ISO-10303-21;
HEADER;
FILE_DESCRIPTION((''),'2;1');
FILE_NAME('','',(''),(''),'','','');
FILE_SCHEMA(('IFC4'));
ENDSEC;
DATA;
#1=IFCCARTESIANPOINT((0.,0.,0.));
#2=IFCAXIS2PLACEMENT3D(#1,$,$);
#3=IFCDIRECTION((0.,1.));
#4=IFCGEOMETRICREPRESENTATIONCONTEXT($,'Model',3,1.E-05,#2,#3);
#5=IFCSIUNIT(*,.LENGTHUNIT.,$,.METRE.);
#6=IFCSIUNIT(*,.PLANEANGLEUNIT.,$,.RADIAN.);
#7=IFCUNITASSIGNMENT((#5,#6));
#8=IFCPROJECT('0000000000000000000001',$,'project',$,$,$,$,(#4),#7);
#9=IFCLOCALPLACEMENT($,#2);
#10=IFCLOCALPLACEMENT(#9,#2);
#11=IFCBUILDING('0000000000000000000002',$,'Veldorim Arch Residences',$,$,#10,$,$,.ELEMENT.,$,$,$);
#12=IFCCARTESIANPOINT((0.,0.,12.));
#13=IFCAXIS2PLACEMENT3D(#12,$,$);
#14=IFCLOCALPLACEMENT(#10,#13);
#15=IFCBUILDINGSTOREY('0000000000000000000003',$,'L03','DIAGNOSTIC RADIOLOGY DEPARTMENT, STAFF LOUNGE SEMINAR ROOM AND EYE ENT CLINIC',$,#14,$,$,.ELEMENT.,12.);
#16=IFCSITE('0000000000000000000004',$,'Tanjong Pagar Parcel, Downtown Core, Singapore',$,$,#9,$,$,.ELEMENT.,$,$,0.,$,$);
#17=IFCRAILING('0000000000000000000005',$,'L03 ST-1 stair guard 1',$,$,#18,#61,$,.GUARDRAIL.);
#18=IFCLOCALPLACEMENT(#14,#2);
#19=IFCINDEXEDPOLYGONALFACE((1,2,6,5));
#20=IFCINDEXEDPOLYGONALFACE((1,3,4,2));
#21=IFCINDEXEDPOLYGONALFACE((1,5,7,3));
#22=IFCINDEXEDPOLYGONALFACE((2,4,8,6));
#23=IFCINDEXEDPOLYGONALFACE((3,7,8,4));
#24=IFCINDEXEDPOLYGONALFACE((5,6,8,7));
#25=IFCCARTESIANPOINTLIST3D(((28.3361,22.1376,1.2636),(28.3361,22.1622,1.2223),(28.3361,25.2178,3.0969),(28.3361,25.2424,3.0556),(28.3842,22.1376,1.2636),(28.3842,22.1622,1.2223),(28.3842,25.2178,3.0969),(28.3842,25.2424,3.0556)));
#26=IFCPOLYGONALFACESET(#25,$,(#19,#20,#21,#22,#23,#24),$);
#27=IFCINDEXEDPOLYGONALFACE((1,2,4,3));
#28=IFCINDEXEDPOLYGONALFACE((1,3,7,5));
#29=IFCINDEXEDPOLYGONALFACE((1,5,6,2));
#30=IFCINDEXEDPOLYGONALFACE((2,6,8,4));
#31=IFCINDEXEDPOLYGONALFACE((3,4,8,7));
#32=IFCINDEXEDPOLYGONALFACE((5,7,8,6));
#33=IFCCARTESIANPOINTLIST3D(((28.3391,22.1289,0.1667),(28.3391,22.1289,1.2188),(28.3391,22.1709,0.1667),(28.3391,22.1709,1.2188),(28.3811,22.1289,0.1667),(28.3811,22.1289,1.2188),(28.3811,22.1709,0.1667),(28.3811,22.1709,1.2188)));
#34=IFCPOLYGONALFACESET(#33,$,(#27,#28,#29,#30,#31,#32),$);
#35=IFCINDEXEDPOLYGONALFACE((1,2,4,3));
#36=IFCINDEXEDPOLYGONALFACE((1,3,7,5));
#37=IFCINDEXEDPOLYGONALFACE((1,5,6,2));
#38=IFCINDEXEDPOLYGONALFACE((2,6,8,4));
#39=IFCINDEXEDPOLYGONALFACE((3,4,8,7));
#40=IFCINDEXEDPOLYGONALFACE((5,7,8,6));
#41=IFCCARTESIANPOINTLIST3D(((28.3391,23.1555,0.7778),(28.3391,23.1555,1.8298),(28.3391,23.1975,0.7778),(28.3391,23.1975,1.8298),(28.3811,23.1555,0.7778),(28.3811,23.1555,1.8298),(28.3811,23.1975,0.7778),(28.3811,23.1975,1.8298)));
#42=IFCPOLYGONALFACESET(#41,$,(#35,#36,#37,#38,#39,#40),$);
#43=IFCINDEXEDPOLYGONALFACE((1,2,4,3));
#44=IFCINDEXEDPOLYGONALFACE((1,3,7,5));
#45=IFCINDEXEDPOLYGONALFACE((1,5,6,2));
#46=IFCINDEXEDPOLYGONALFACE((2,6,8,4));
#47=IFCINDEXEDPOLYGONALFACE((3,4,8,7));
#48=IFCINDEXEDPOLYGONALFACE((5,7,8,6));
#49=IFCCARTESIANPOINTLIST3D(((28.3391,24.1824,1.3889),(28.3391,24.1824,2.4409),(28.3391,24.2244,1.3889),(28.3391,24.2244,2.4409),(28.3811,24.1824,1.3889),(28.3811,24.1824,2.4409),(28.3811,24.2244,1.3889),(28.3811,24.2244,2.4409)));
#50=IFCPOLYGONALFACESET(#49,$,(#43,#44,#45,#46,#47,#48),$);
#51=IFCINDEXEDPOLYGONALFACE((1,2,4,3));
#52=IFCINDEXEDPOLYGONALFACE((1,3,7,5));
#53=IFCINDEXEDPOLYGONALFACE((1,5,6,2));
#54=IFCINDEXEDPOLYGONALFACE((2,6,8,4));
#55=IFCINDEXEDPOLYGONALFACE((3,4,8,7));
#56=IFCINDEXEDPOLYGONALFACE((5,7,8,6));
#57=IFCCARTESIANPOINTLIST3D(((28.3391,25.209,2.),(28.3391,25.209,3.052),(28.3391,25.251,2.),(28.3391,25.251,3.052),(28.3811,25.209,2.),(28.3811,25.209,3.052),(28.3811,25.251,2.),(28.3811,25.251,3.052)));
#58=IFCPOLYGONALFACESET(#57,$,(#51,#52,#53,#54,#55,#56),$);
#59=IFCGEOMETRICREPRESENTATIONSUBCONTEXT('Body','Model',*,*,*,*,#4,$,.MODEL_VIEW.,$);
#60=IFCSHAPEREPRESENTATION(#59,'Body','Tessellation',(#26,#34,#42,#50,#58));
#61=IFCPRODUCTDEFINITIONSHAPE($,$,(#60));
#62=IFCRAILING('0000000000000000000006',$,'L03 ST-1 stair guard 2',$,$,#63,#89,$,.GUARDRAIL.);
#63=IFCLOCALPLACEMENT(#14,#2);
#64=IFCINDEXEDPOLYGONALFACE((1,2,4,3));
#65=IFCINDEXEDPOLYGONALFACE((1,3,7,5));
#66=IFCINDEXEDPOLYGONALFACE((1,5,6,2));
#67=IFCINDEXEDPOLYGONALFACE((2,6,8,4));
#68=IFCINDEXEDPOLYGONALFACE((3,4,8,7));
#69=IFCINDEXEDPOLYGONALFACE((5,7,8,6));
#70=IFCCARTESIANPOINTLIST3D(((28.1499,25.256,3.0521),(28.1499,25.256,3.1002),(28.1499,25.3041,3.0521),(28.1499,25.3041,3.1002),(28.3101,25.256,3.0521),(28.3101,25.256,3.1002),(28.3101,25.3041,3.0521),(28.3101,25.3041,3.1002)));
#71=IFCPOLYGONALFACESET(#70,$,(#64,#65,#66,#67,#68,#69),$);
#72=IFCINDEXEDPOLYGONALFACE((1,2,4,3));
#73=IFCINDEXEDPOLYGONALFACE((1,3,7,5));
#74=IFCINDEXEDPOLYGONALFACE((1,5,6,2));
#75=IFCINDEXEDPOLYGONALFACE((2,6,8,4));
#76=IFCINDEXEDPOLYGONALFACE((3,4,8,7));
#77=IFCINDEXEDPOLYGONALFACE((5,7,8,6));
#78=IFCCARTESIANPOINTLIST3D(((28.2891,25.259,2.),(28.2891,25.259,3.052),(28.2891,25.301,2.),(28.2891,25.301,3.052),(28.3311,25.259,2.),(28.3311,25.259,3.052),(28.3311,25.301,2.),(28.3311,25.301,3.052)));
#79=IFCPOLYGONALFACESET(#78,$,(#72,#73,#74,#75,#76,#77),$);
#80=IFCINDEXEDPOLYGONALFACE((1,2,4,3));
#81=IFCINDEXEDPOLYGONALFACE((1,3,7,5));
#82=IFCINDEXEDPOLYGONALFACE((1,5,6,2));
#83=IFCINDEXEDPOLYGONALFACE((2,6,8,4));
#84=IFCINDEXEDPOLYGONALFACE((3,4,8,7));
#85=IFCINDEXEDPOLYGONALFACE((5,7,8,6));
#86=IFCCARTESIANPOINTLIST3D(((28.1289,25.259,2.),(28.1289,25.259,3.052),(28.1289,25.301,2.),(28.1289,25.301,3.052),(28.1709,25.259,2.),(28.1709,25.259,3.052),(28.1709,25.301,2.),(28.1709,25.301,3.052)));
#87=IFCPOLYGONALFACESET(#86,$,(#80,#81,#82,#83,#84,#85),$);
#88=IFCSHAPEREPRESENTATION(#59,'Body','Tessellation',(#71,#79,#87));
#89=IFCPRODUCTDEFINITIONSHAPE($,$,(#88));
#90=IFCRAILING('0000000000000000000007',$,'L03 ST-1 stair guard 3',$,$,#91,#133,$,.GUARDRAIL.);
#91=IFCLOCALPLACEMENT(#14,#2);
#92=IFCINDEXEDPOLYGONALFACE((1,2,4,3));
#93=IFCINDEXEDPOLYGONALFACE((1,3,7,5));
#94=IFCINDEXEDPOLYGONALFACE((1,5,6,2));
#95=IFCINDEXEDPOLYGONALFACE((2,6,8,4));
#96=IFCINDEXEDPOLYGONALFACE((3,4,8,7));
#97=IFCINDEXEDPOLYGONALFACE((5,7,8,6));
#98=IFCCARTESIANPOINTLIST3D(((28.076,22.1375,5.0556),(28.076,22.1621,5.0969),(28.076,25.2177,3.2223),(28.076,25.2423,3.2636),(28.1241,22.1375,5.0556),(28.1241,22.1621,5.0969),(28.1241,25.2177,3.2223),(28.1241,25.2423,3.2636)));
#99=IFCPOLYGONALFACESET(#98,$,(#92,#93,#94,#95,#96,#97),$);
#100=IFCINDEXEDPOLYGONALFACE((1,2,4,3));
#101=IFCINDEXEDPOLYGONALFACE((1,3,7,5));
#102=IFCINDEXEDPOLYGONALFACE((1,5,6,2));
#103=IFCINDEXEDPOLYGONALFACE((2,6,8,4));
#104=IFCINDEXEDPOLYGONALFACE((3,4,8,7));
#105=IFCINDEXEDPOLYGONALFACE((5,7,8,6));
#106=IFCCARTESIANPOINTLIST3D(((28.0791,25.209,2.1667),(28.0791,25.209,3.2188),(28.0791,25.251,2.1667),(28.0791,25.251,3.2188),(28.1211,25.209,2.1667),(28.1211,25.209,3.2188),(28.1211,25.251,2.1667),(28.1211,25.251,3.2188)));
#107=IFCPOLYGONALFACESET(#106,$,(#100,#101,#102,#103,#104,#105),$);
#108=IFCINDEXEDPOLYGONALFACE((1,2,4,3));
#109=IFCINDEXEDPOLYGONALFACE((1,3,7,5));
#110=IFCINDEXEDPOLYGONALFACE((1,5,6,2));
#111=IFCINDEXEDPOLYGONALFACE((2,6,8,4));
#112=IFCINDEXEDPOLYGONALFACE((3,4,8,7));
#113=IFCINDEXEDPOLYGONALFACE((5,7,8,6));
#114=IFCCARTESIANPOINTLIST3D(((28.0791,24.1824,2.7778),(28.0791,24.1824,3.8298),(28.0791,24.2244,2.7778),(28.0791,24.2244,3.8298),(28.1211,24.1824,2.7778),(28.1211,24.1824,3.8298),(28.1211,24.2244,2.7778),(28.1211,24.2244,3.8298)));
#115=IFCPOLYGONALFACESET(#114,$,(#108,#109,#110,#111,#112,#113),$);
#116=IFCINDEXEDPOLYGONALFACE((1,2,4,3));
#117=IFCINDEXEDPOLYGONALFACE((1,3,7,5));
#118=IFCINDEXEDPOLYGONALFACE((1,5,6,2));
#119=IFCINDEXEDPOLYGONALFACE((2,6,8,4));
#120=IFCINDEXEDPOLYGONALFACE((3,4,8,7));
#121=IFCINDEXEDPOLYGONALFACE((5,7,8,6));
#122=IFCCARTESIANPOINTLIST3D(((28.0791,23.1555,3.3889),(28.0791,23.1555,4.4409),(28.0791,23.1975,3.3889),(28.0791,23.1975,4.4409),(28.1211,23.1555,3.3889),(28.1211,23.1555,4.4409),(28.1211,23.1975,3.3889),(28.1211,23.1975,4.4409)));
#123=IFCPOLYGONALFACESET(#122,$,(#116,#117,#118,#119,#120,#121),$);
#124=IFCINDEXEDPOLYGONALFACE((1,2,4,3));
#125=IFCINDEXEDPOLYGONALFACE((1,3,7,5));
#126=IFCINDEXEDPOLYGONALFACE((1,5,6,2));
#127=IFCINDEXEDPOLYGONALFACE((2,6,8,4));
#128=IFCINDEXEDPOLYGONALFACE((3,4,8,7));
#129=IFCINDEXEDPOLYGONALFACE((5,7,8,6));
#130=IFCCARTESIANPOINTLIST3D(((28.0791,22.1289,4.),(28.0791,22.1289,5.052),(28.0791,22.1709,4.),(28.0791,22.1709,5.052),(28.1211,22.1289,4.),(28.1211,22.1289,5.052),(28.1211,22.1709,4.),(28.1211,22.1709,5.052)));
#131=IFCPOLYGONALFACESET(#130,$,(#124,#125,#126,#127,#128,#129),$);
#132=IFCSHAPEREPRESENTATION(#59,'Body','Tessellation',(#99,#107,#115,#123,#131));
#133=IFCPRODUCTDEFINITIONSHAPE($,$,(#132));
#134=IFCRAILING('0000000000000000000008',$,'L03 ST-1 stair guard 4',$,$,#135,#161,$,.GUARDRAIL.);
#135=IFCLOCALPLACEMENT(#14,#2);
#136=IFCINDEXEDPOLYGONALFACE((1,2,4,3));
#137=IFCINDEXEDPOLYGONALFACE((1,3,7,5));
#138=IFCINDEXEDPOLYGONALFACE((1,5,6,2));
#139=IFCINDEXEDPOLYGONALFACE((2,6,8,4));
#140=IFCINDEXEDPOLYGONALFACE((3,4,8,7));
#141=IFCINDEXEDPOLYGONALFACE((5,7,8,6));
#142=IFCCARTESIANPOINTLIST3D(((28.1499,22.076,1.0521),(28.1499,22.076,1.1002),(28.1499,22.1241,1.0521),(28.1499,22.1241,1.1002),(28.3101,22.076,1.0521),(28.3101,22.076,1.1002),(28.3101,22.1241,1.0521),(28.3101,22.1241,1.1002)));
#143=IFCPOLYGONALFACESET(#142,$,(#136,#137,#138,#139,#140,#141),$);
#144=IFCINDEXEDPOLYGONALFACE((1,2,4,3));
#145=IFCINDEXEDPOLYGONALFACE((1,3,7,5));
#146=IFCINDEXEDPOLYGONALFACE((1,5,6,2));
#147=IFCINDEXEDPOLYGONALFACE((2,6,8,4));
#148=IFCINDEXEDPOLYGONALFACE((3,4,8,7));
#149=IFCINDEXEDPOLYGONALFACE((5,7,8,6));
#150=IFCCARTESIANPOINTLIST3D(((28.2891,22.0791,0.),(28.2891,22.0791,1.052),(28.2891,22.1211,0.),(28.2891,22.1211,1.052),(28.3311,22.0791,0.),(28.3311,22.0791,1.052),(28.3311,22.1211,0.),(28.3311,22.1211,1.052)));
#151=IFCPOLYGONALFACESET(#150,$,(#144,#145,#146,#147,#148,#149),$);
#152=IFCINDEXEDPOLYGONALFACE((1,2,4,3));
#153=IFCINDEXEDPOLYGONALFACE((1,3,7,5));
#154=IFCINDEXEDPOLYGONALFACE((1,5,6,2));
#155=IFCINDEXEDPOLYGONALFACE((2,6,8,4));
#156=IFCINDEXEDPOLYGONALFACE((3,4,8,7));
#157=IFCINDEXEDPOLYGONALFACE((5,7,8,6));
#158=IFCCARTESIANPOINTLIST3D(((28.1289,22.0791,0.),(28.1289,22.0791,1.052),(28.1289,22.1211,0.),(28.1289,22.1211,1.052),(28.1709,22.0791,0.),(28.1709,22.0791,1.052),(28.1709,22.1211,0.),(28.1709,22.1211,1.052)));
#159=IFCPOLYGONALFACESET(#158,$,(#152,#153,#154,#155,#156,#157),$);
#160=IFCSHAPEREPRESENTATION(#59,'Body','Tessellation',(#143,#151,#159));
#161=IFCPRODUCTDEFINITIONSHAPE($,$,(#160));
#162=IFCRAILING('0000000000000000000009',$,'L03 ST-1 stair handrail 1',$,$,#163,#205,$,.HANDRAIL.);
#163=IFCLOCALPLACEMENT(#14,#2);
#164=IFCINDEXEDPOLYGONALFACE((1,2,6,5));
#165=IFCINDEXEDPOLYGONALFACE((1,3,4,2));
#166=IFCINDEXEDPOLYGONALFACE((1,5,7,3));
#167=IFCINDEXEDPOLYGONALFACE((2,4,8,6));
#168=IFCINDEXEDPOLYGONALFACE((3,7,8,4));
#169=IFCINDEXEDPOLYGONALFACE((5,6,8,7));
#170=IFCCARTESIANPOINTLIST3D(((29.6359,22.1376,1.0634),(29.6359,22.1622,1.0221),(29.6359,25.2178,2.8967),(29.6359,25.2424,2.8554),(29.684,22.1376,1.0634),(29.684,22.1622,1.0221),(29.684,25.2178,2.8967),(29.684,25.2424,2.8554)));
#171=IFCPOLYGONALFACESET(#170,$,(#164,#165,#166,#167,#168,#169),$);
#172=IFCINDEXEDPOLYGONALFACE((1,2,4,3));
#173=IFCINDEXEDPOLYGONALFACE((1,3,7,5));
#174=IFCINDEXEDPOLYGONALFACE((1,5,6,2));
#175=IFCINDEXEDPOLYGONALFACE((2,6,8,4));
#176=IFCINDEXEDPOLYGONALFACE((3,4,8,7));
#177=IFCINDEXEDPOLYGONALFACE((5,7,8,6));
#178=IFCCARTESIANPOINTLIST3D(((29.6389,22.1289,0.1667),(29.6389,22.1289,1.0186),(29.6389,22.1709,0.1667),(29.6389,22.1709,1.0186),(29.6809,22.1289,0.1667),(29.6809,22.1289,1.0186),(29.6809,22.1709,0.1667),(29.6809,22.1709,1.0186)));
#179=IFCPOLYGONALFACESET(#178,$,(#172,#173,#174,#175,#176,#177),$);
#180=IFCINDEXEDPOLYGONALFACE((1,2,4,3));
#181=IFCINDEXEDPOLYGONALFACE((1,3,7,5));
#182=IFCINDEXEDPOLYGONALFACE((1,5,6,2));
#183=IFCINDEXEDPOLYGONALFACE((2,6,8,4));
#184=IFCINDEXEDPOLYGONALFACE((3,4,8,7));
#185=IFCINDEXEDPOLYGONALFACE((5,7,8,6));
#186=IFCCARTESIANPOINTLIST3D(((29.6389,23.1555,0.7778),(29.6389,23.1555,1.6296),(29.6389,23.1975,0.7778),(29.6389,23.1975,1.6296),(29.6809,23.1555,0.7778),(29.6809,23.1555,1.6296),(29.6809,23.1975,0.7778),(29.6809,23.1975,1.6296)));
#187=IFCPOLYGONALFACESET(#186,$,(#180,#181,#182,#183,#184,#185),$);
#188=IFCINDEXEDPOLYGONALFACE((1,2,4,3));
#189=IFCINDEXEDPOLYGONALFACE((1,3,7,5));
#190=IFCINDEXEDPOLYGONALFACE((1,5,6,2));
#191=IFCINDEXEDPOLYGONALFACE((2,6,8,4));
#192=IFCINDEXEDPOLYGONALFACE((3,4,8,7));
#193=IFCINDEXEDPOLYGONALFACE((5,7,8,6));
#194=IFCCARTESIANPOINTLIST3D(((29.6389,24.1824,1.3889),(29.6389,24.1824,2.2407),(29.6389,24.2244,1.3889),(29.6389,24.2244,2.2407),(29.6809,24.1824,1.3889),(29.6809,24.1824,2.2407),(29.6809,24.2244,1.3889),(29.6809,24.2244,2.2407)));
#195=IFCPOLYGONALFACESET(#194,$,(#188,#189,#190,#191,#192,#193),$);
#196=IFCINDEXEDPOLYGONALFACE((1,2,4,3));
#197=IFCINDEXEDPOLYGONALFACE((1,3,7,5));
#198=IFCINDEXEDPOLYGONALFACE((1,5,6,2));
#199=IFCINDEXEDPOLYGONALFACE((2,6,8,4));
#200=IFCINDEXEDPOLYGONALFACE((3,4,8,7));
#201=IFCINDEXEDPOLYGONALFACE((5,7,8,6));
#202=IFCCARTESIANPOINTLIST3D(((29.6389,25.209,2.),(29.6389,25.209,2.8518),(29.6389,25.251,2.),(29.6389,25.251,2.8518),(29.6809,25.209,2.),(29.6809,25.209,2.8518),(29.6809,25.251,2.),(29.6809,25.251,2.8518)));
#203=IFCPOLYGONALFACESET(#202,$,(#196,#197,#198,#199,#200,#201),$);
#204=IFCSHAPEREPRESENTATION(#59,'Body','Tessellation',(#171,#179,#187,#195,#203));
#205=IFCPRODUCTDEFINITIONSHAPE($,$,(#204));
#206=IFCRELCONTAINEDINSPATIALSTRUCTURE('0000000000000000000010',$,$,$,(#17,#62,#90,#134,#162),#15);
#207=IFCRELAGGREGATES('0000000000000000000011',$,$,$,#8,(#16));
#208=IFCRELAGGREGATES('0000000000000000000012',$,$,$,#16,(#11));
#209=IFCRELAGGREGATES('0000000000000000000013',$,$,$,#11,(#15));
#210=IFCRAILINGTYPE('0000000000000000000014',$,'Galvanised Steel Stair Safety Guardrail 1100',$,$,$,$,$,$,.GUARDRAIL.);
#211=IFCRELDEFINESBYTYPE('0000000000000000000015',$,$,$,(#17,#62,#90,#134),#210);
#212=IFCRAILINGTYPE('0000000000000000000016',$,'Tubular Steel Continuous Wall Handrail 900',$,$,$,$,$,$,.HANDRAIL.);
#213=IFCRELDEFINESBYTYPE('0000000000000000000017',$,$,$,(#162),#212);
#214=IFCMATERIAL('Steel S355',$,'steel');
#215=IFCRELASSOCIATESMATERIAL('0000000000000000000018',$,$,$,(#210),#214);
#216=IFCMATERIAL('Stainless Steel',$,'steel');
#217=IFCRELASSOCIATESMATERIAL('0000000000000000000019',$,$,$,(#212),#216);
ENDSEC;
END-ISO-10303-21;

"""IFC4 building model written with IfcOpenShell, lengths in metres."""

from ifc_helpers import new_model, si_unit, direction, frame, origin, origin_2d, place, context, subcontext, project, spatial, rectangle, extrude, material, type_object, element, save


model = new_model("IFC4")

# Units and contexts
model_context = context("Model", 3, precision=1e-05, world=origin(), true_north=direction((0.0, 1.0)))
body_context = subcontext(model_context, "Body", "Model", "MODEL_VIEW")
ifc_project = project(units=[si_unit("LENGTHUNIT", "METRE"), si_unit("PLANEANGLEUNIT", "RADIAN")], contexts=[model_context])

# Site, building, storey
site_placement = place(None, origin())
site = spatial("IfcSite", under=ifc_project, at=site_placement, Name="Tanjong Pagar Parcel, Downtown Core, Singapore", CompositionType="ELEMENT", RefElevation=0.0)
building_placement = place(site_placement, origin())
building = spatial("IfcBuilding", under=site, at=building_placement, Name="Veldorim Arch Residences", CompositionType="ELEMENT")
storey_placement = place(building_placement, frame((0.0, 0.0, 12.0)))
storey = spatial("IfcBuildingStorey", under=building, at=storey_placement, Name="L03", Description="DIAGNOSTIC RADIOLOGY DEPARTMENT, STAFF LOUNGE SEMINAR ROOM AND EYE ENT CLINIC", CompositionType="ELEMENT", Elevation=12.0)

# Railings
ifc_material_1 = material(Name="Steel S355", Category="steel")
railing_type_1 = type_object("IfcRailingType", Name="Galvanised Steel Stair Safety Guardrail 1100", PredefinedType="GUARDRAIL", material=ifc_material_1)
railing_1_placement = place(storey_placement, frame((28.3601, 22.1499, 0.1667)))
element("IfcRailing", 1, at=railing_1_placement, inside=storey, type_object=railing_type_1, Name="L03 ST-1 stair guard 1", PredefinedType="GUARDRAIL", context=body_context, shape_type="SweptSolid", body=[
    extrude(rectangle(XDim=0.0481, YDim=0.0481, at=origin_2d()), frame((0.0, 0.0, 1.0762), z_axis=(0.0, 0.859309, 0.511458), x_axis=(-1.0, 0.0, 0.0)), (0.0, 0.0, 1.0), 3.5845),
    extrude(rectangle(XDim=0.042, YDim=0.042, at=origin_2d()), origin(), (0.0, 0.0, 1.0), 1.052),
    extrude(rectangle(XDim=0.042, YDim=0.042, at=origin_2d()), frame((0.0, 1.0266, 0.6111)), (0.0, 0.0, 1.0), 1.052),
    extrude(rectangle(XDim=0.042, YDim=0.042, at=origin_2d()), frame((0.0, 2.0535, 1.2222)), (0.0, 0.0, 1.0), 1.052),
    extrude(rectangle(XDim=0.042, YDim=0.042, at=origin_2d()), frame((0.0, 3.0801, 1.8333)), (0.0, 0.0, 1.0), 1.052),
])
railing_2_placement = place(storey_placement, frame((28.3101, 25.28, 2.0)))
element("IfcRailing", 2, at=railing_2_placement, inside=storey, type_object=railing_type_1, Name="L03 ST-1 stair guard 2", PredefinedType="GUARDRAIL", context=body_context, shape_type="SweptSolid", body=[
    extrude(rectangle(XDim=0.0481, YDim=0.0481, at=origin_2d()), frame((0.0, 0.0, 1.0762), z_axis=(-1.0, 0.0, 0.0), x_axis=(0.0, -1.0, 0.0)), (0.0, 0.0, 1.0), 0.1602),
    extrude(rectangle(XDim=0.042, YDim=0.042, at=origin_2d()), origin(), (0.0, 0.0, 1.0), 1.052),
    extrude(rectangle(XDim=0.042, YDim=0.042, at=origin_2d()), frame((-0.1602, 0.0, 0.0)), (0.0, 0.0, 1.0), 1.052),
])
railing_3_placement = place(storey_placement, frame((28.1001, 25.23, 2.1667)))
element("IfcRailing", 3, at=railing_3_placement, inside=storey, type_object=railing_type_1, Name="L03 ST-1 stair guard 3", PredefinedType="GUARDRAIL", context=body_context, shape_type="SweptSolid", body=[
    extrude(rectangle(XDim=0.0481, YDim=0.0481, at=origin_2d()), frame((0.0, 0.0, 1.0762), z_axis=(0.0, -0.859309, 0.511458), x_axis=(1.0, 0.0, 0.0)), (0.0, 0.0, 1.0), 3.5845),
    extrude(rectangle(XDim=0.042, YDim=0.042, at=origin_2d()), origin(), (0.0, 0.0, 1.0), 1.052),
    extrude(rectangle(XDim=0.042, YDim=0.042, at=origin_2d()), frame((0.0, -1.0266, 0.6111)), (0.0, 0.0, 1.0), 1.052),
    extrude(rectangle(XDim=0.042, YDim=0.042, at=origin_2d()), frame((0.0, -2.0535, 1.2222)), (0.0, 0.0, 1.0), 1.052),
    extrude(rectangle(XDim=0.042, YDim=0.042, at=origin_2d()), frame((0.0, -3.0801, 1.8333)), (0.0, 0.0, 1.0), 1.052),
])
railing_4_placement = place(storey_placement, frame((28.3101, 22.1001, 0.0)))
element("IfcRailing", 4, at=railing_4_placement, inside=storey, type_object=railing_type_1, Name="L03 ST-1 stair guard 4", PredefinedType="GUARDRAIL", context=body_context, shape_type="SweptSolid", body=[
    extrude(rectangle(XDim=0.0481, YDim=0.0481, at=origin_2d()), frame((0.0, 0.0, 1.0762), z_axis=(-1.0, 0.0, 0.0), x_axis=(0.0, -1.0, 0.0)), (0.0, 0.0, 1.0), 0.1602),
    extrude(rectangle(XDim=0.042, YDim=0.042, at=origin_2d()), origin(), (0.0, 0.0, 1.0), 1.052),
    extrude(rectangle(XDim=0.042, YDim=0.042, at=origin_2d()), frame((-0.1602, 0.0, 0.0)), (0.0, 0.0, 1.0), 1.052),
])
ifc_material_2 = material(Name="Stainless Steel", Category="steel")
railing_type_2 = type_object("IfcRailingType", Name="Tubular Steel Continuous Wall Handrail 900", PredefinedType="HANDRAIL", material=ifc_material_2)
railing_5_placement = place(storey_placement, frame((29.6599, 22.1499, 0.1667)))
element("IfcRailing", 5, at=railing_5_placement, inside=storey, type_object=railing_type_2, Name="L03 ST-1 stair handrail 1", PredefinedType="HANDRAIL", context=body_context, shape_type="SweptSolid", body=[
    extrude(rectangle(XDim=0.0481, YDim=0.0481, at=origin_2d()), frame((0.0, 0.0, 0.876), z_axis=(0.0, 0.859309, 0.511458), x_axis=(-1.0, 0.0, 0.0)), (0.0, 0.0, 1.0), 3.5845),
    extrude(rectangle(XDim=0.042, YDim=0.042, at=origin_2d()), origin(), (0.0, 0.0, 1.0), 0.8518),
    extrude(rectangle(XDim=0.042, YDim=0.042, at=origin_2d()), frame((0.0, 1.0266, 0.6111)), (0.0, 0.0, 1.0), 0.8518),
    extrude(rectangle(XDim=0.042, YDim=0.042, at=origin_2d()), frame((0.0, 2.0535, 1.2222)), (0.0, 0.0, 1.0), 0.8518),
    extrude(rectangle(XDim=0.042, YDim=0.042, at=origin_2d()), frame((0.0, 3.0801, 1.8333)), (0.0, 0.0, 1.0), 0.8518),
])

save(model, "model.ifc")
